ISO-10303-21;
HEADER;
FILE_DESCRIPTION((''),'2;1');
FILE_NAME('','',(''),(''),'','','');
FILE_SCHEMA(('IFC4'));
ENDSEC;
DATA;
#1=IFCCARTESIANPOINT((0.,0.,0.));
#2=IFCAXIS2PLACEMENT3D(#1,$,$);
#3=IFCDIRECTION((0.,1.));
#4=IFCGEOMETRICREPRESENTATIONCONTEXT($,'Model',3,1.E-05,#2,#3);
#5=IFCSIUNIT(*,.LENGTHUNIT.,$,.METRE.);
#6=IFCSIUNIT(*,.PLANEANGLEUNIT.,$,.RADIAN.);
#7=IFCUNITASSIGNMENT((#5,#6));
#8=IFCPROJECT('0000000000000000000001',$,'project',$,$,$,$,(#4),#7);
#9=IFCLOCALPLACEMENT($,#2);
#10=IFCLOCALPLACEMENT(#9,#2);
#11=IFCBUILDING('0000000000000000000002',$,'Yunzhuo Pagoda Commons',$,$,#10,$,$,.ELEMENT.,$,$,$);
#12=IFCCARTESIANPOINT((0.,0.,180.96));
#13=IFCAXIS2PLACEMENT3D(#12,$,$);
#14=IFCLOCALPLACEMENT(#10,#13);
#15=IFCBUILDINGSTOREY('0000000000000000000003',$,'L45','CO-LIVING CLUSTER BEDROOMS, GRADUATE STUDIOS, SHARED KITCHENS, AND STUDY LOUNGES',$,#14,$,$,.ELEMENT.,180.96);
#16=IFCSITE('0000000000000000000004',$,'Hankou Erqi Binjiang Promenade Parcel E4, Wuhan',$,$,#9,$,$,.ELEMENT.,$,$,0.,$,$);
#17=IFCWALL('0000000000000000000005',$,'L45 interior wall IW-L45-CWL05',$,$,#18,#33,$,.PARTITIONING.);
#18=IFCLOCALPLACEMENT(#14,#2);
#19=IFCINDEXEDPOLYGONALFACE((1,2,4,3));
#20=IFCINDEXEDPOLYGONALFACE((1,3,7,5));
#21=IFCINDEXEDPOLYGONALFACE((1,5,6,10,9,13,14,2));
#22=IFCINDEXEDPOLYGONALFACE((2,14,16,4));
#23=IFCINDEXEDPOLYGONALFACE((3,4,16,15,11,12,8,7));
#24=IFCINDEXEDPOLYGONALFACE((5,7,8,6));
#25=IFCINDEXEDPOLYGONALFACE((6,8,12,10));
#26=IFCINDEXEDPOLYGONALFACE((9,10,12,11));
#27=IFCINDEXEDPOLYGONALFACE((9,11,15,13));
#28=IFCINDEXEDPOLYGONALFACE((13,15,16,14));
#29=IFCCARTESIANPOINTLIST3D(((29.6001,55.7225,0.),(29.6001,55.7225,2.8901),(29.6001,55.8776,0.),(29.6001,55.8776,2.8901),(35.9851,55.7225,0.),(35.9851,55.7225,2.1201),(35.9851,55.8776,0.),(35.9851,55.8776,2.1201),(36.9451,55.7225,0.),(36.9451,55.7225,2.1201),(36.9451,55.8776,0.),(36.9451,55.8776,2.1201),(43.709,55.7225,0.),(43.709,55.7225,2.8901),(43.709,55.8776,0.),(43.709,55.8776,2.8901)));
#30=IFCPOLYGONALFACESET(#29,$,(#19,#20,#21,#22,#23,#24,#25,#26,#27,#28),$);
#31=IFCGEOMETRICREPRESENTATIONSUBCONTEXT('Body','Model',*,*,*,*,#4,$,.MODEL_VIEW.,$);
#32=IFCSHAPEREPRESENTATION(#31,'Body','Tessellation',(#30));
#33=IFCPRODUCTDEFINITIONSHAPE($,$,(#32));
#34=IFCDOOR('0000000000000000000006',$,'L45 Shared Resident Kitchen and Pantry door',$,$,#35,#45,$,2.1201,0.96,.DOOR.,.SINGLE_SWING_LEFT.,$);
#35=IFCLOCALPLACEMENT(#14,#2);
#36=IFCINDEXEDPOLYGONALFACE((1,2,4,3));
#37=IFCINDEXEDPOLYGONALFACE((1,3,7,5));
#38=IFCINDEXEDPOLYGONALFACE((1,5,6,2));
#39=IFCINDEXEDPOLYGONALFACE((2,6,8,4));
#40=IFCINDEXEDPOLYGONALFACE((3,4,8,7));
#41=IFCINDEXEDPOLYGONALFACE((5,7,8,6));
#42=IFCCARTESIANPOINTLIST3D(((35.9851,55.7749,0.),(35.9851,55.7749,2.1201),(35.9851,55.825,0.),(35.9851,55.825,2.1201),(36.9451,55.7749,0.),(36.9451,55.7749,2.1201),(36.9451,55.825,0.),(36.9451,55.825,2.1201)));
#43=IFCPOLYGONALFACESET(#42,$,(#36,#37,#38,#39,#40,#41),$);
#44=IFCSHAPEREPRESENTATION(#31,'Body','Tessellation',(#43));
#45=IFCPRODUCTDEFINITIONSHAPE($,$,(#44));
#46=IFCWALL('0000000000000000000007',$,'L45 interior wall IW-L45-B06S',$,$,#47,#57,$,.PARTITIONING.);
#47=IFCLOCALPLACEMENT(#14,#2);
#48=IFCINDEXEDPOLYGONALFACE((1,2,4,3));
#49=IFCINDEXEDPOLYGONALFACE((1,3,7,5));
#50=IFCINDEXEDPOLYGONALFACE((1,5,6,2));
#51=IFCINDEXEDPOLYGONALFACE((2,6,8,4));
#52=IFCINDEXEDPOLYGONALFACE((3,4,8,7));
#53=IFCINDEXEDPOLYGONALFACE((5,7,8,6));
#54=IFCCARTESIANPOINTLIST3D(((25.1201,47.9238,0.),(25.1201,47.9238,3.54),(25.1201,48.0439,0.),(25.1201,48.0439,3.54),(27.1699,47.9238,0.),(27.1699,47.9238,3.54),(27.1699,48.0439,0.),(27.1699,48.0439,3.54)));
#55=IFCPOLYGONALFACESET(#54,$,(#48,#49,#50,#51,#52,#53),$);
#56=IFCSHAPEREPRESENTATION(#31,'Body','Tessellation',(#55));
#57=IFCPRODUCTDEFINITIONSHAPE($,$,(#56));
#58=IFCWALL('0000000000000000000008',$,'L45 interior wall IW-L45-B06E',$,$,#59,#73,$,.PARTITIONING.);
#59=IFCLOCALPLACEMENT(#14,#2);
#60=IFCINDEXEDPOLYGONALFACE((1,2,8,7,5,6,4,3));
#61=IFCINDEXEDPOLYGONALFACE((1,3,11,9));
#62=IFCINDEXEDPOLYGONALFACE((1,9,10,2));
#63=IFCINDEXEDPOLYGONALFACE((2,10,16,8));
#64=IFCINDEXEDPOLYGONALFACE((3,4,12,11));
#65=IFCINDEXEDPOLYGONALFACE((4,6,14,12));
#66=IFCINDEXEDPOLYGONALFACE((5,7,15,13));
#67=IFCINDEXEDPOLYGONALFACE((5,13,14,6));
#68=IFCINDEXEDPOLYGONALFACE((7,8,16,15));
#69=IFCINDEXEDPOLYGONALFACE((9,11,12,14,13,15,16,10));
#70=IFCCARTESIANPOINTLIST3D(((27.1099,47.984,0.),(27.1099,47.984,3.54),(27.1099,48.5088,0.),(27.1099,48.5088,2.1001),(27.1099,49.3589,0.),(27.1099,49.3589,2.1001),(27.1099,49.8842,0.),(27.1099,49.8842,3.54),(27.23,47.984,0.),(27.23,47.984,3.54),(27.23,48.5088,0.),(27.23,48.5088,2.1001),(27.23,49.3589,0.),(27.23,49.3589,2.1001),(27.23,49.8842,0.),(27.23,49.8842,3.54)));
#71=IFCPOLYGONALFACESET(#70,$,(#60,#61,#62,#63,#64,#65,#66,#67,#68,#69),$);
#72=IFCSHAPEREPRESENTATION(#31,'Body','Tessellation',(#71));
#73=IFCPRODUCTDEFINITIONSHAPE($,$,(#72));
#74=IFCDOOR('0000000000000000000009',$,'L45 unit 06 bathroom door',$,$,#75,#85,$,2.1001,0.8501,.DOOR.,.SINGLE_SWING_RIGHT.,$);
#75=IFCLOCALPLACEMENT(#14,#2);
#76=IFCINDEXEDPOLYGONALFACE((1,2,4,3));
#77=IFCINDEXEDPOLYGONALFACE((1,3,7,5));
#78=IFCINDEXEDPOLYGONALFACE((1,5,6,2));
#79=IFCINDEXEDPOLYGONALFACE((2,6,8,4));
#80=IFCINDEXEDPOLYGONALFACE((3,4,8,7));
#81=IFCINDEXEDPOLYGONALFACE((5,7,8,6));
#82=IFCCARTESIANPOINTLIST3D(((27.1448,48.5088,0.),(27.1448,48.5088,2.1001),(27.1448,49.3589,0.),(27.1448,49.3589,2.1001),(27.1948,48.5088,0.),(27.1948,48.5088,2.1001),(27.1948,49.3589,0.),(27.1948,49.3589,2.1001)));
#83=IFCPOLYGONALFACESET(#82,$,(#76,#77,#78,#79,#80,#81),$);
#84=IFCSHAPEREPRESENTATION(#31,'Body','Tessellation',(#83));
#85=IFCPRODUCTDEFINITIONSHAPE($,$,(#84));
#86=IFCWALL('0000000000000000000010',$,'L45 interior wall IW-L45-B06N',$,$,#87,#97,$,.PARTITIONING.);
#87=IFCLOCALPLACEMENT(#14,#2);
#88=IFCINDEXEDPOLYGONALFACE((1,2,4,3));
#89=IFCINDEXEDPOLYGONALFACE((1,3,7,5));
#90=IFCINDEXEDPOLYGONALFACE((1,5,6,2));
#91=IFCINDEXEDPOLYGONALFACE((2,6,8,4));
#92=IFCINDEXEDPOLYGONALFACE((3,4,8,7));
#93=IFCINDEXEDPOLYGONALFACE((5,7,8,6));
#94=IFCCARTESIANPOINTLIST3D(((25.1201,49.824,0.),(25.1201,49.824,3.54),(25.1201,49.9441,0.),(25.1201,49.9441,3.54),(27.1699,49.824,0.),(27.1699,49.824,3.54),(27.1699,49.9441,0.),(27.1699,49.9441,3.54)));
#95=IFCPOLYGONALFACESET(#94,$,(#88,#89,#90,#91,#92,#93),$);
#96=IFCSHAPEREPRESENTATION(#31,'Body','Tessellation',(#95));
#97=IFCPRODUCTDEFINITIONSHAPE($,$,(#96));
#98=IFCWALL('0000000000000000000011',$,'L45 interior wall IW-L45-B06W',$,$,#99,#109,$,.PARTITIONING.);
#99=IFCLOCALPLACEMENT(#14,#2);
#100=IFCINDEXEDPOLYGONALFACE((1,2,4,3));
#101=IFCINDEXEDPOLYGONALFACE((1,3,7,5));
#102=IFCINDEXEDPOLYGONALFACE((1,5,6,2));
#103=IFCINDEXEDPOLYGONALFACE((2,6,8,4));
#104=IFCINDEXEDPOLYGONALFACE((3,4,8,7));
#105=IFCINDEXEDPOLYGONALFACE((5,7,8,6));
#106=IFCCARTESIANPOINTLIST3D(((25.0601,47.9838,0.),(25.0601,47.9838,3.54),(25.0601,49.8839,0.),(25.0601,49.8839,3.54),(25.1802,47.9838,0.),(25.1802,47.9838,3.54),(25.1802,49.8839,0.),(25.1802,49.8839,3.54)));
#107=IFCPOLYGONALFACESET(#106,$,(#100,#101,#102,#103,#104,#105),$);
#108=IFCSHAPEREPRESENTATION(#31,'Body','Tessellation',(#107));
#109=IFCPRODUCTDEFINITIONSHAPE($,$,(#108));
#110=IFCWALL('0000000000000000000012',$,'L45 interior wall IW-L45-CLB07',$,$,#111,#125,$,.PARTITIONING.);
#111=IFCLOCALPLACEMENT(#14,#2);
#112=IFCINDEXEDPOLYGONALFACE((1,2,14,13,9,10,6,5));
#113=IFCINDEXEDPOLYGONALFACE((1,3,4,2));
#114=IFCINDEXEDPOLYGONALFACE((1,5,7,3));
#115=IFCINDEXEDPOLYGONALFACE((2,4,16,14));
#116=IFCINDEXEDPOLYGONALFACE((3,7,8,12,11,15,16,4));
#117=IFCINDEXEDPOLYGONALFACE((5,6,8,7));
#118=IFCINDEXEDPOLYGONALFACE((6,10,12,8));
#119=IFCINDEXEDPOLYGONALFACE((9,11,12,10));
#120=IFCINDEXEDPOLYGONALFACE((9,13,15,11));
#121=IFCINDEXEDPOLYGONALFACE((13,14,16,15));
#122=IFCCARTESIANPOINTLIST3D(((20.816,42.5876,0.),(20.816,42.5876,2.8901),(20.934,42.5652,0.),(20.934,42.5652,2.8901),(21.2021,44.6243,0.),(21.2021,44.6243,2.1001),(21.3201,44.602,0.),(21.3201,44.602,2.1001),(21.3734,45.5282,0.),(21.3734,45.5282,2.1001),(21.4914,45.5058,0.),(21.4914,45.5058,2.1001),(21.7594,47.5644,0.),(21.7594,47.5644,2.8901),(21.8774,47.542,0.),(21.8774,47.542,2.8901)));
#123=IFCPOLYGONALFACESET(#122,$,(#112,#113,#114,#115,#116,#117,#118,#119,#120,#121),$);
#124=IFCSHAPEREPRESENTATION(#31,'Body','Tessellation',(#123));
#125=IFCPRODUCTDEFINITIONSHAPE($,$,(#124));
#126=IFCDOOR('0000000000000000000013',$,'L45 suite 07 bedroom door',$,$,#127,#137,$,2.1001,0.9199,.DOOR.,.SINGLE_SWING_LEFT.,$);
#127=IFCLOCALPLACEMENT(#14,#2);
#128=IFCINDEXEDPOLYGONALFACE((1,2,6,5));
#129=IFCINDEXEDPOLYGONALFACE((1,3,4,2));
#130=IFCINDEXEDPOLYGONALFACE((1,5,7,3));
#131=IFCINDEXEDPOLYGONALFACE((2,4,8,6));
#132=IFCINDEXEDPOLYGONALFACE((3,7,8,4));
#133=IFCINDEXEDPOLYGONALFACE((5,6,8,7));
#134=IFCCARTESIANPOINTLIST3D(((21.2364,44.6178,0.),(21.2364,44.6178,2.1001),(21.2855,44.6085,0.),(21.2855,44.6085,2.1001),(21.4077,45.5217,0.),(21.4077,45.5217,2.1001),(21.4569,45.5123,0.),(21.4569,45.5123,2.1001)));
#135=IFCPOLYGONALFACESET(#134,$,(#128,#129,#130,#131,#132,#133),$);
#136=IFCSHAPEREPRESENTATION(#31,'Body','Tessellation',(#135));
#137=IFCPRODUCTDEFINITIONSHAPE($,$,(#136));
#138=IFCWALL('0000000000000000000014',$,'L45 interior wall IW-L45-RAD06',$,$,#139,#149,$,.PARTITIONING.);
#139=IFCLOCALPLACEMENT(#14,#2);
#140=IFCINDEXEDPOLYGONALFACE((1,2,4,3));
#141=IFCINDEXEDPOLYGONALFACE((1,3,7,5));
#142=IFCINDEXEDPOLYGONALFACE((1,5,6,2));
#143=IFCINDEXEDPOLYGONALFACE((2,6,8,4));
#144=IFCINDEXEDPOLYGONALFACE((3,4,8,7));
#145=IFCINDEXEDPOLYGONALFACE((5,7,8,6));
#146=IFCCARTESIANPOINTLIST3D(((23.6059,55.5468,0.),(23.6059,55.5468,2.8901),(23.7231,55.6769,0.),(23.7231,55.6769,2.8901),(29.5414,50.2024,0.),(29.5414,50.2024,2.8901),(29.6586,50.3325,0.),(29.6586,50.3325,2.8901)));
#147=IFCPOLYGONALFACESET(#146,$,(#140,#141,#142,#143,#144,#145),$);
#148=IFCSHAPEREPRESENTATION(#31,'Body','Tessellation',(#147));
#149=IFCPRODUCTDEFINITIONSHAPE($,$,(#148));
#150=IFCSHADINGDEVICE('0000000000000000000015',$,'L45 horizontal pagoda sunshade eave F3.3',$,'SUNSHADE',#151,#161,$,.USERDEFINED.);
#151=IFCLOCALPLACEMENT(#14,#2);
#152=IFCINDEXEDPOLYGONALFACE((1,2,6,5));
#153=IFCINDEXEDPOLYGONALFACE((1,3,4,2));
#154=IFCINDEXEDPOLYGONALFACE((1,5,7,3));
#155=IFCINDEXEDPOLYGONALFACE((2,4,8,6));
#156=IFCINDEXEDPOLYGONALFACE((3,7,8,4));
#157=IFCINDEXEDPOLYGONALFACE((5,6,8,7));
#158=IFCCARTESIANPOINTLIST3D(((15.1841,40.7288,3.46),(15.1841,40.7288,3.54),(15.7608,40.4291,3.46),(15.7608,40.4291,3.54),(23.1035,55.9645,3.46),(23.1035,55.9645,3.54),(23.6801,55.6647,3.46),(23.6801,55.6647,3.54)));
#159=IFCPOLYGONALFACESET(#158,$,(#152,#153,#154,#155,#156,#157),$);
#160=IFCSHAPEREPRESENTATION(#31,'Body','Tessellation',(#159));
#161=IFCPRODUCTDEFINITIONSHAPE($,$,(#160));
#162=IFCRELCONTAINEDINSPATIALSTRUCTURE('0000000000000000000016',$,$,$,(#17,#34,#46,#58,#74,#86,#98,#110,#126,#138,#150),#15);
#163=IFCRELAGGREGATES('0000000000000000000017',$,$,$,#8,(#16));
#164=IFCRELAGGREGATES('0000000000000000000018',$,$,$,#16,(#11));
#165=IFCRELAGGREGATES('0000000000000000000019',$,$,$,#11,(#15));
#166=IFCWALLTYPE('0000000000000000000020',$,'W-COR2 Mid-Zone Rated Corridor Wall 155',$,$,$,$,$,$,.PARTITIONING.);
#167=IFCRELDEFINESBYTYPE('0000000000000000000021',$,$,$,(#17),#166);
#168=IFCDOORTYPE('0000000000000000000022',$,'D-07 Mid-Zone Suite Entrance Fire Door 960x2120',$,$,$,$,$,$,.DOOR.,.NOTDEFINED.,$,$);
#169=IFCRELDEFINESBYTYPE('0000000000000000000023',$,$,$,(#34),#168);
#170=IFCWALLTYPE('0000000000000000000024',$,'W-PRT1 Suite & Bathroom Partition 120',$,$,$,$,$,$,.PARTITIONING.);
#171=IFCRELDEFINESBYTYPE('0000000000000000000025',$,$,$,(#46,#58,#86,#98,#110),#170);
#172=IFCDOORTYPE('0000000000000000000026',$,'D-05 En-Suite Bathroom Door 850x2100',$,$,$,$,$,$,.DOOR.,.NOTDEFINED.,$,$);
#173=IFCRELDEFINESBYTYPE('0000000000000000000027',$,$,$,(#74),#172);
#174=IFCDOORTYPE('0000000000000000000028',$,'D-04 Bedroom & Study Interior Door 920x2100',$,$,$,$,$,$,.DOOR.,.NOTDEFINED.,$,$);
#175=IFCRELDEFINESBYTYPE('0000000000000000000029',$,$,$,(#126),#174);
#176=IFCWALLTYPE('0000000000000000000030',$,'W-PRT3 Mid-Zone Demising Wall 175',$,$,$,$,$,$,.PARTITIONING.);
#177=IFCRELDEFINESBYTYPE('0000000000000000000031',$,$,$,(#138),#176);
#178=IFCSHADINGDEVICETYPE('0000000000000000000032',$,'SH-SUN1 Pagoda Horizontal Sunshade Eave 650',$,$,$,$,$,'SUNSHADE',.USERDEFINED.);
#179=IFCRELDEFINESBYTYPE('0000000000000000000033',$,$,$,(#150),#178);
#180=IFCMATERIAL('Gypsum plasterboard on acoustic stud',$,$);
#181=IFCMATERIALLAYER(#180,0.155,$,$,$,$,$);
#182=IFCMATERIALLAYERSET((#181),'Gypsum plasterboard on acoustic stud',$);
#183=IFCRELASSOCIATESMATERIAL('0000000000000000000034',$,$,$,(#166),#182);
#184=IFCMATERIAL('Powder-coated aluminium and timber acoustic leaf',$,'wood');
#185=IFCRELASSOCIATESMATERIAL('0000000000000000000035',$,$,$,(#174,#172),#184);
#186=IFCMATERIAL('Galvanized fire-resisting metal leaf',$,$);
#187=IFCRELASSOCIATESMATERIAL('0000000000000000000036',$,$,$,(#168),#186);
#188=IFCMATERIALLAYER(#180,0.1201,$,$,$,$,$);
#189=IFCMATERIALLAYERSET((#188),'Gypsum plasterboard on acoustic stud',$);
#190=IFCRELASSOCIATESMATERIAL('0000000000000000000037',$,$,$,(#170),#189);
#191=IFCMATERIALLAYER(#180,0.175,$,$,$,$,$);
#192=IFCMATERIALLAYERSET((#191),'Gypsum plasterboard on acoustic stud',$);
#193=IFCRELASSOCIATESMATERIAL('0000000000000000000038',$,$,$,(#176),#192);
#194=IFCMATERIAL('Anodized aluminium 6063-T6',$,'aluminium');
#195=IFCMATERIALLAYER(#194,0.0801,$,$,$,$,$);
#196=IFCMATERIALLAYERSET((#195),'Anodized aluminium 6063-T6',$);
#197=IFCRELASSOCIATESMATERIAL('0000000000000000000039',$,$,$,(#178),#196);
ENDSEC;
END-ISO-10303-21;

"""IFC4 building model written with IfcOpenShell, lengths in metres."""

from ifc_helpers import new_model, si_unit, direction, frame, frame_2d, origin, origin_with_axes, origin_2d, place, context, subcontext, project, spatial, rectangle, extrude, source, transform, mapped, material, layer, layer_set, type_object, element, fill, save


model = new_model("IFC4")

# Units and contexts
model_context = context("Model", 3, precision=1e-05, world=origin(), true_north=direction((0.0, 1.0)))
body_context = subcontext(model_context, "Body", "Model", "MODEL_VIEW")
ifc_project = project(units=[si_unit("LENGTHUNIT", "METRE"), si_unit("PLANEANGLEUNIT", "RADIAN")], contexts=[model_context])

# Site, building, storey
site_placement = place(None, origin())
site = spatial("IfcSite", under=ifc_project, at=site_placement, Name="Hankou Erqi Binjiang Promenade Parcel E4, Wuhan", CompositionType="ELEMENT", RefElevation=0.0)
building_placement = place(site_placement, origin())
building = spatial("IfcBuilding", under=site, at=building_placement, Name="Yunzhuo Pagoda Commons", CompositionType="ELEMENT")
storey_placement = place(building_placement, frame((0.0, 0.0, 180.96)))
storey = spatial("IfcBuildingStorey", under=building, at=storey_placement, Name="L45", Description="CO-LIVING CLUSTER BEDROOMS, GRADUATE STUDIOS, SHARED KITCHENS, AND STUDY LOUNGES", CompositionType="ELEMENT", Elevation=180.96)

# Shared definitions
ifc_material_1 = material(Name="Anodized aluminium 6063-T6", Category="aluminium")

# Shared definitions
ifc_material_2 = material(Name="Gypsum plasterboard on acoustic stud")
ifc_layer_1 = layer(ifc_material_2, 0.155)
ifc_layer_set_1 = layer_set([ifc_layer_1], Name="Gypsum plasterboard on acoustic stud")
wall_type_1 = type_object("IfcWallType", Name="W-COR2 Mid-Zone Rated Corridor Wall 155", PredefinedType="PARTITIONING", material=ifc_layer_set_1)
ifc_material_3 = material(Name="Powder-coated aluminium and timber acoustic leaf", Category="wood")
door_type_1 = type_object("IfcDoorType", Name="D-04 Bedroom & Study Interior Door 920x2100", OperationType="NOTDEFINED", PredefinedType="DOOR", material=ifc_material_3)
shared_shape_1 = source(origin(), body_context, "Body", "SweptSolid", [
    extrude(rectangle(XDim=0.9199, YDim=2.1001, at=frame_2d((0.46, 1.05))), frame((0.0, 0.0249, 0.0), z_axis=(0.0, -1.0, 0.0), x_axis=(1.0, 0.0, 0.0)), (0.0, 0.0, 1.0), 0.05),
])

# Wall, opening, door
wall_1_placement = place(storey_placement, frame((29.6001, 55.8, 0.0), z_axis=(0.0, 0.0, 1.0), x_axis=(1.0, 0.0, 0.0)))
wall_1 = element("IfcWall", 1, at=wall_1_placement, inside=storey, type_object=wall_type_1, Name="L45 interior wall IW-L45-CWL05", PredefinedType="PARTITIONING", context=body_context, shape_type="SweptSolid", body=[
    extrude(rectangle(XDim=14.1089, YDim=0.155, at=frame_2d((7.0544, 0.0))), origin(), (0.0, 0.0, 1.0), 2.8901),
])
opening_1_placement = place(wall_1_placement, frame((6.385, 0.0, 0.0)))
opening_1 = element("IfcOpeningElement", 2, at=opening_1_placement, cuts=wall_1, PredefinedType="OPENING", context=body_context, shape_type="SweptSolid", body=[
    extrude(rectangle(XDim=0.96, YDim=2.1201, at=frame_2d((0.48, 1.0601))), frame((0.0, 0.0874, 0.0), z_axis=(0.0, -1.0, 0.0), x_axis=(1.0, 0.0, 0.0)), (0.0, 0.0, 1.0), 0.175),
])
ifc_material_4 = material(Name="Galvanized fire-resisting metal leaf")
door_type_2 = type_object("IfcDoorType", Name="D-07 Mid-Zone Suite Entrance Fire Door 960x2120", OperationType="NOTDEFINED", PredefinedType="DOOR", material=ifc_material_4)
shared_shape_2 = source(origin(), body_context, "Body", "SweptSolid", [
    extrude(rectangle(XDim=0.96, YDim=2.1201, at=frame_2d((0.48, 1.0601))), frame((0.0, 0.0249, 0.0), z_axis=(0.0, -1.0, 0.0), x_axis=(1.0, 0.0, 0.0)), (0.0, 0.0, 1.0), 0.05),
])
door_1_placement = place(opening_1_placement, origin_with_axes())
door_1 = element("IfcDoor", 3, at=door_1_placement, inside=storey, type_object=door_type_2, Name="L45 Shared Resident Kitchen and Pantry door", OperationType="SINGLE_SWING_LEFT", OverallHeight=2.1201, OverallWidth=0.96, PredefinedType="DOOR", context=body_context, shape_type="MappedRepresentation", body=[
    mapped(shared_shape_2, transform((0.0, 0.0, 0.0), scale=1.0)),
])
fill(opening_1, door_1)

# Wall
ifc_layer_2 = layer(ifc_material_2, 0.1201)
ifc_layer_set_2 = layer_set([ifc_layer_2], Name="Gypsum plasterboard on acoustic stud")
wall_type_2 = type_object("IfcWallType", Name="W-PRT1 Suite & Bathroom Partition 120", PredefinedType="PARTITIONING", material=ifc_layer_set_2)
wall_2_placement = place(storey_placement, frame((25.1201, 47.9839, 0.0), z_axis=(0.0, 0.0, 1.0), x_axis=(1.0, 0.0, 0.0)))
element("IfcWall", 4, at=wall_2_placement, inside=storey, type_object=wall_type_2, Name="L45 interior wall IW-L45-B06S", PredefinedType="PARTITIONING", context=body_context, shape_type="SweptSolid", body=[
    extrude(rectangle(XDim=2.0498, YDim=0.1201, at=frame_2d((1.0249, 0.0))), origin(), (0.0, 0.0, 1.0), 3.54),
])

# Wall, opening, door
wall_3_placement = place(storey_placement, frame((27.1699, 47.9839, 0.0), z_axis=(0.0, 0.0, 1.0), x_axis=(0.0, 1.0, 0.0)))
wall_3 = element("IfcWall", 5, at=wall_3_placement, inside=storey, type_object=wall_type_2, Name="L45 interior wall IW-L45-B06E", PredefinedType="PARTITIONING", context=body_context, shape_type="SweptSolid", body=[
    extrude(rectangle(XDim=1.9001, YDim=0.1201, at=frame_2d((0.9502, 0.0))), origin(), (0.0, 0.0, 1.0), 3.54),
])
opening_2_placement = place(wall_3_placement, frame((0.5249, 0.0, 0.0)))
opening_2 = element("IfcOpeningElement", 6, at=opening_2_placement, cuts=wall_3, PredefinedType="OPENING", context=body_context, shape_type="SweptSolid", body=[
    extrude(rectangle(XDim=0.8501, YDim=2.1001, at=frame_2d((0.425, 1.05))), frame((0.0, 0.0701, 0.0), z_axis=(0.0, -1.0, 0.0), x_axis=(1.0, 0.0, 0.0)), (0.0, 0.0, 1.0), 0.1401),
])
door_type_3 = type_object("IfcDoorType", Name="D-05 En-Suite Bathroom Door 850x2100", OperationType="NOTDEFINED", PredefinedType="DOOR", material=ifc_material_3)
shared_shape_3 = source(origin(), body_context, "Body", "SweptSolid", [
    extrude(rectangle(XDim=0.8501, YDim=2.1001, at=frame_2d((0.425, 1.05))), frame((0.0, 0.0249, 0.0), z_axis=(0.0, -1.0, 0.0), x_axis=(1.0, 0.0, 0.0)), (0.0, 0.0, 1.0), 0.05),
])
door_2_placement = place(opening_2_placement, frame((0.8501, 0.0, 0.0), z_axis=(0.0, 0.0, 1.0), x_axis=(-1.0, 0.0, 0.0)))
door_2 = element("IfcDoor", 7, at=door_2_placement, inside=storey, type_object=door_type_3, Name="L45 unit 06 bathroom door", OperationType="SINGLE_SWING_RIGHT", OverallHeight=2.1001, OverallWidth=0.8501, PredefinedType="DOOR", context=body_context, shape_type="MappedRepresentation", body=[
    mapped(shared_shape_3, transform((0.0, 0.0, 0.0), scale=1.0)),
])
fill(opening_2, door_2)

# Walls
wall_4_placement = place(storey_placement, frame((27.1699, 49.884, 0.0), z_axis=(0.0, 0.0, 1.0), x_axis=(-1.0, 0.0, 0.0)))
element("IfcWall", 8, at=wall_4_placement, inside=storey, type_object=wall_type_2, Name="L45 interior wall IW-L45-B06N", PredefinedType="PARTITIONING", context=body_context, shape_type="SweptSolid", body=[
    extrude(rectangle(XDim=2.0498, YDim=0.1201, at=frame_2d((1.0249, 0.0))), origin(), (0.0, 0.0, 1.0), 3.54),
])
wall_5_placement = place(storey_placement, frame((25.1201, 49.884, 0.0), z_axis=(0.0, 0.0, 1.0), x_axis=(0.0, -1.0, 0.0)))
element("IfcWall", 9, at=wall_5_placement, inside=storey, type_object=wall_type_2, Name="L45 interior wall IW-L45-B06W", PredefinedType="PARTITIONING", context=body_context, shape_type="SweptSolid", body=[
    extrude(rectangle(XDim=1.9001, YDim=0.1201, at=frame_2d((0.9502, 0.0))), origin(), (0.0, 0.0, 1.0), 3.54),
])

# Wall, opening, door
wall_6_placement = place(storey_placement, frame((21.8184, 47.5532, 0.0), z_axis=(0.0, 0.0, 1.0), x_axis=(-0.186235, -0.982505, 0.0)))
wall_6 = element("IfcWall", 10, at=wall_6_placement, inside=storey, type_object=wall_type_2, Name="L45 interior wall IW-L45-CLB07", PredefinedType="PARTITIONING", context=body_context, shape_type="SweptSolid", body=[
    extrude(rectangle(XDim=5.0654, YDim=0.1201, at=frame_2d((2.5327, 0.0))), origin(), (0.0, 0.0, 1.0), 2.8901),
])
opening_3_placement = place(wall_6_placement, frame((2.0725, 0.0, 0.0)))
opening_3 = element("IfcOpeningElement", 11, at=opening_3_placement, cuts=wall_6, PredefinedType="OPENING", context=body_context, shape_type="SweptSolid", body=[
    extrude(rectangle(XDim=0.9199, YDim=2.1001, at=frame_2d((0.46, 1.05))), frame((0.0, 0.0701, 0.0), z_axis=(0.0, -1.0, 0.0), x_axis=(1.0, 0.0, 0.0)), (0.0, 0.0, 1.0), 0.1401),
])
door_3_placement = place(opening_3_placement, origin_with_axes())
door_3 = element("IfcDoor", 12, at=door_3_placement, inside=storey, type_object=door_type_1, Name="L45 suite 07 bedroom door", OperationType="SINGLE_SWING_LEFT", OverallHeight=2.1001, OverallWidth=0.9199, PredefinedType="DOOR", context=body_context, shape_type="MappedRepresentation", body=[
    mapped(shared_shape_1, transform((0.0, 0.0, 0.0), scale=1.0)),
])
fill(opening_3, door_3)

# Wall
ifc_layer_3 = layer(ifc_material_2, 0.175)
ifc_layer_set_3 = layer_set([ifc_layer_3], Name="Gypsum plasterboard on acoustic stud")
wall_type_3 = type_object("IfcWallType", Name="W-PRT3 Mid-Zone Demising Wall 175", PredefinedType="PARTITIONING", material=ifc_layer_set_3)
wall_7_placement = place(storey_placement, frame((29.6001, 50.2673, 0.0), z_axis=(0.0, 0.0, 1.0), x_axis=(-0.743139, 0.669137, 0.0)))
element("IfcWall", 13, at=wall_7_placement, inside=storey, type_object=wall_type_3, Name="L45 interior wall IW-L45-RAD06", PredefinedType="PARTITIONING", context=body_context, shape_type="SweptSolid", body=[
    extrude(rectangle(XDim=7.9871, YDim=0.175, at=frame_2d((3.9937, 0.0))), origin(), (0.0, 0.0, 1.0), 2.8901),
])

# Shading device
ifc_layer_4 = layer(ifc_material_1, 0.0801)
ifc_layer_set_4 = layer_set([ifc_layer_4], Name="Anodized aluminium 6063-T6")
shading_device_type = type_object("IfcShadingDeviceType", Name="SH-SUN1 Pagoda Horizontal Sunshade Eave 650", ElementType="SUNSHADE", PredefinedType="USERDEFINED", material=ifc_layer_set_4)
shared_shape_4 = source(origin(), body_context, "Body", "SweptSolid", [
    extrude(rectangle(XDim=17.1709, YDim=0.6499, at=origin_2d()), origin(), (0.0, 0.0, 1.0), 0.0801),
])
shading_device_placement = place(storey_placement, frame((19.4321, 48.1968, 3.46), z_axis=(0.0, 0.0, 1.0), x_axis=(-0.461207, -0.887293, 0.0)))
element("IfcShadingDevice", 14, at=shading_device_placement, inside=storey, type_object=shading_device_type, Name="L45 horizontal pagoda sunshade eave F3.3", ObjectType="SUNSHADE", PredefinedType="USERDEFINED", context=body_context, shape_type="MappedRepresentation", body=[
    mapped(shared_shape_4, transform((0.0, 0.0, 0.0), scale=1.0)),
])

save(model, "model.ifc")
